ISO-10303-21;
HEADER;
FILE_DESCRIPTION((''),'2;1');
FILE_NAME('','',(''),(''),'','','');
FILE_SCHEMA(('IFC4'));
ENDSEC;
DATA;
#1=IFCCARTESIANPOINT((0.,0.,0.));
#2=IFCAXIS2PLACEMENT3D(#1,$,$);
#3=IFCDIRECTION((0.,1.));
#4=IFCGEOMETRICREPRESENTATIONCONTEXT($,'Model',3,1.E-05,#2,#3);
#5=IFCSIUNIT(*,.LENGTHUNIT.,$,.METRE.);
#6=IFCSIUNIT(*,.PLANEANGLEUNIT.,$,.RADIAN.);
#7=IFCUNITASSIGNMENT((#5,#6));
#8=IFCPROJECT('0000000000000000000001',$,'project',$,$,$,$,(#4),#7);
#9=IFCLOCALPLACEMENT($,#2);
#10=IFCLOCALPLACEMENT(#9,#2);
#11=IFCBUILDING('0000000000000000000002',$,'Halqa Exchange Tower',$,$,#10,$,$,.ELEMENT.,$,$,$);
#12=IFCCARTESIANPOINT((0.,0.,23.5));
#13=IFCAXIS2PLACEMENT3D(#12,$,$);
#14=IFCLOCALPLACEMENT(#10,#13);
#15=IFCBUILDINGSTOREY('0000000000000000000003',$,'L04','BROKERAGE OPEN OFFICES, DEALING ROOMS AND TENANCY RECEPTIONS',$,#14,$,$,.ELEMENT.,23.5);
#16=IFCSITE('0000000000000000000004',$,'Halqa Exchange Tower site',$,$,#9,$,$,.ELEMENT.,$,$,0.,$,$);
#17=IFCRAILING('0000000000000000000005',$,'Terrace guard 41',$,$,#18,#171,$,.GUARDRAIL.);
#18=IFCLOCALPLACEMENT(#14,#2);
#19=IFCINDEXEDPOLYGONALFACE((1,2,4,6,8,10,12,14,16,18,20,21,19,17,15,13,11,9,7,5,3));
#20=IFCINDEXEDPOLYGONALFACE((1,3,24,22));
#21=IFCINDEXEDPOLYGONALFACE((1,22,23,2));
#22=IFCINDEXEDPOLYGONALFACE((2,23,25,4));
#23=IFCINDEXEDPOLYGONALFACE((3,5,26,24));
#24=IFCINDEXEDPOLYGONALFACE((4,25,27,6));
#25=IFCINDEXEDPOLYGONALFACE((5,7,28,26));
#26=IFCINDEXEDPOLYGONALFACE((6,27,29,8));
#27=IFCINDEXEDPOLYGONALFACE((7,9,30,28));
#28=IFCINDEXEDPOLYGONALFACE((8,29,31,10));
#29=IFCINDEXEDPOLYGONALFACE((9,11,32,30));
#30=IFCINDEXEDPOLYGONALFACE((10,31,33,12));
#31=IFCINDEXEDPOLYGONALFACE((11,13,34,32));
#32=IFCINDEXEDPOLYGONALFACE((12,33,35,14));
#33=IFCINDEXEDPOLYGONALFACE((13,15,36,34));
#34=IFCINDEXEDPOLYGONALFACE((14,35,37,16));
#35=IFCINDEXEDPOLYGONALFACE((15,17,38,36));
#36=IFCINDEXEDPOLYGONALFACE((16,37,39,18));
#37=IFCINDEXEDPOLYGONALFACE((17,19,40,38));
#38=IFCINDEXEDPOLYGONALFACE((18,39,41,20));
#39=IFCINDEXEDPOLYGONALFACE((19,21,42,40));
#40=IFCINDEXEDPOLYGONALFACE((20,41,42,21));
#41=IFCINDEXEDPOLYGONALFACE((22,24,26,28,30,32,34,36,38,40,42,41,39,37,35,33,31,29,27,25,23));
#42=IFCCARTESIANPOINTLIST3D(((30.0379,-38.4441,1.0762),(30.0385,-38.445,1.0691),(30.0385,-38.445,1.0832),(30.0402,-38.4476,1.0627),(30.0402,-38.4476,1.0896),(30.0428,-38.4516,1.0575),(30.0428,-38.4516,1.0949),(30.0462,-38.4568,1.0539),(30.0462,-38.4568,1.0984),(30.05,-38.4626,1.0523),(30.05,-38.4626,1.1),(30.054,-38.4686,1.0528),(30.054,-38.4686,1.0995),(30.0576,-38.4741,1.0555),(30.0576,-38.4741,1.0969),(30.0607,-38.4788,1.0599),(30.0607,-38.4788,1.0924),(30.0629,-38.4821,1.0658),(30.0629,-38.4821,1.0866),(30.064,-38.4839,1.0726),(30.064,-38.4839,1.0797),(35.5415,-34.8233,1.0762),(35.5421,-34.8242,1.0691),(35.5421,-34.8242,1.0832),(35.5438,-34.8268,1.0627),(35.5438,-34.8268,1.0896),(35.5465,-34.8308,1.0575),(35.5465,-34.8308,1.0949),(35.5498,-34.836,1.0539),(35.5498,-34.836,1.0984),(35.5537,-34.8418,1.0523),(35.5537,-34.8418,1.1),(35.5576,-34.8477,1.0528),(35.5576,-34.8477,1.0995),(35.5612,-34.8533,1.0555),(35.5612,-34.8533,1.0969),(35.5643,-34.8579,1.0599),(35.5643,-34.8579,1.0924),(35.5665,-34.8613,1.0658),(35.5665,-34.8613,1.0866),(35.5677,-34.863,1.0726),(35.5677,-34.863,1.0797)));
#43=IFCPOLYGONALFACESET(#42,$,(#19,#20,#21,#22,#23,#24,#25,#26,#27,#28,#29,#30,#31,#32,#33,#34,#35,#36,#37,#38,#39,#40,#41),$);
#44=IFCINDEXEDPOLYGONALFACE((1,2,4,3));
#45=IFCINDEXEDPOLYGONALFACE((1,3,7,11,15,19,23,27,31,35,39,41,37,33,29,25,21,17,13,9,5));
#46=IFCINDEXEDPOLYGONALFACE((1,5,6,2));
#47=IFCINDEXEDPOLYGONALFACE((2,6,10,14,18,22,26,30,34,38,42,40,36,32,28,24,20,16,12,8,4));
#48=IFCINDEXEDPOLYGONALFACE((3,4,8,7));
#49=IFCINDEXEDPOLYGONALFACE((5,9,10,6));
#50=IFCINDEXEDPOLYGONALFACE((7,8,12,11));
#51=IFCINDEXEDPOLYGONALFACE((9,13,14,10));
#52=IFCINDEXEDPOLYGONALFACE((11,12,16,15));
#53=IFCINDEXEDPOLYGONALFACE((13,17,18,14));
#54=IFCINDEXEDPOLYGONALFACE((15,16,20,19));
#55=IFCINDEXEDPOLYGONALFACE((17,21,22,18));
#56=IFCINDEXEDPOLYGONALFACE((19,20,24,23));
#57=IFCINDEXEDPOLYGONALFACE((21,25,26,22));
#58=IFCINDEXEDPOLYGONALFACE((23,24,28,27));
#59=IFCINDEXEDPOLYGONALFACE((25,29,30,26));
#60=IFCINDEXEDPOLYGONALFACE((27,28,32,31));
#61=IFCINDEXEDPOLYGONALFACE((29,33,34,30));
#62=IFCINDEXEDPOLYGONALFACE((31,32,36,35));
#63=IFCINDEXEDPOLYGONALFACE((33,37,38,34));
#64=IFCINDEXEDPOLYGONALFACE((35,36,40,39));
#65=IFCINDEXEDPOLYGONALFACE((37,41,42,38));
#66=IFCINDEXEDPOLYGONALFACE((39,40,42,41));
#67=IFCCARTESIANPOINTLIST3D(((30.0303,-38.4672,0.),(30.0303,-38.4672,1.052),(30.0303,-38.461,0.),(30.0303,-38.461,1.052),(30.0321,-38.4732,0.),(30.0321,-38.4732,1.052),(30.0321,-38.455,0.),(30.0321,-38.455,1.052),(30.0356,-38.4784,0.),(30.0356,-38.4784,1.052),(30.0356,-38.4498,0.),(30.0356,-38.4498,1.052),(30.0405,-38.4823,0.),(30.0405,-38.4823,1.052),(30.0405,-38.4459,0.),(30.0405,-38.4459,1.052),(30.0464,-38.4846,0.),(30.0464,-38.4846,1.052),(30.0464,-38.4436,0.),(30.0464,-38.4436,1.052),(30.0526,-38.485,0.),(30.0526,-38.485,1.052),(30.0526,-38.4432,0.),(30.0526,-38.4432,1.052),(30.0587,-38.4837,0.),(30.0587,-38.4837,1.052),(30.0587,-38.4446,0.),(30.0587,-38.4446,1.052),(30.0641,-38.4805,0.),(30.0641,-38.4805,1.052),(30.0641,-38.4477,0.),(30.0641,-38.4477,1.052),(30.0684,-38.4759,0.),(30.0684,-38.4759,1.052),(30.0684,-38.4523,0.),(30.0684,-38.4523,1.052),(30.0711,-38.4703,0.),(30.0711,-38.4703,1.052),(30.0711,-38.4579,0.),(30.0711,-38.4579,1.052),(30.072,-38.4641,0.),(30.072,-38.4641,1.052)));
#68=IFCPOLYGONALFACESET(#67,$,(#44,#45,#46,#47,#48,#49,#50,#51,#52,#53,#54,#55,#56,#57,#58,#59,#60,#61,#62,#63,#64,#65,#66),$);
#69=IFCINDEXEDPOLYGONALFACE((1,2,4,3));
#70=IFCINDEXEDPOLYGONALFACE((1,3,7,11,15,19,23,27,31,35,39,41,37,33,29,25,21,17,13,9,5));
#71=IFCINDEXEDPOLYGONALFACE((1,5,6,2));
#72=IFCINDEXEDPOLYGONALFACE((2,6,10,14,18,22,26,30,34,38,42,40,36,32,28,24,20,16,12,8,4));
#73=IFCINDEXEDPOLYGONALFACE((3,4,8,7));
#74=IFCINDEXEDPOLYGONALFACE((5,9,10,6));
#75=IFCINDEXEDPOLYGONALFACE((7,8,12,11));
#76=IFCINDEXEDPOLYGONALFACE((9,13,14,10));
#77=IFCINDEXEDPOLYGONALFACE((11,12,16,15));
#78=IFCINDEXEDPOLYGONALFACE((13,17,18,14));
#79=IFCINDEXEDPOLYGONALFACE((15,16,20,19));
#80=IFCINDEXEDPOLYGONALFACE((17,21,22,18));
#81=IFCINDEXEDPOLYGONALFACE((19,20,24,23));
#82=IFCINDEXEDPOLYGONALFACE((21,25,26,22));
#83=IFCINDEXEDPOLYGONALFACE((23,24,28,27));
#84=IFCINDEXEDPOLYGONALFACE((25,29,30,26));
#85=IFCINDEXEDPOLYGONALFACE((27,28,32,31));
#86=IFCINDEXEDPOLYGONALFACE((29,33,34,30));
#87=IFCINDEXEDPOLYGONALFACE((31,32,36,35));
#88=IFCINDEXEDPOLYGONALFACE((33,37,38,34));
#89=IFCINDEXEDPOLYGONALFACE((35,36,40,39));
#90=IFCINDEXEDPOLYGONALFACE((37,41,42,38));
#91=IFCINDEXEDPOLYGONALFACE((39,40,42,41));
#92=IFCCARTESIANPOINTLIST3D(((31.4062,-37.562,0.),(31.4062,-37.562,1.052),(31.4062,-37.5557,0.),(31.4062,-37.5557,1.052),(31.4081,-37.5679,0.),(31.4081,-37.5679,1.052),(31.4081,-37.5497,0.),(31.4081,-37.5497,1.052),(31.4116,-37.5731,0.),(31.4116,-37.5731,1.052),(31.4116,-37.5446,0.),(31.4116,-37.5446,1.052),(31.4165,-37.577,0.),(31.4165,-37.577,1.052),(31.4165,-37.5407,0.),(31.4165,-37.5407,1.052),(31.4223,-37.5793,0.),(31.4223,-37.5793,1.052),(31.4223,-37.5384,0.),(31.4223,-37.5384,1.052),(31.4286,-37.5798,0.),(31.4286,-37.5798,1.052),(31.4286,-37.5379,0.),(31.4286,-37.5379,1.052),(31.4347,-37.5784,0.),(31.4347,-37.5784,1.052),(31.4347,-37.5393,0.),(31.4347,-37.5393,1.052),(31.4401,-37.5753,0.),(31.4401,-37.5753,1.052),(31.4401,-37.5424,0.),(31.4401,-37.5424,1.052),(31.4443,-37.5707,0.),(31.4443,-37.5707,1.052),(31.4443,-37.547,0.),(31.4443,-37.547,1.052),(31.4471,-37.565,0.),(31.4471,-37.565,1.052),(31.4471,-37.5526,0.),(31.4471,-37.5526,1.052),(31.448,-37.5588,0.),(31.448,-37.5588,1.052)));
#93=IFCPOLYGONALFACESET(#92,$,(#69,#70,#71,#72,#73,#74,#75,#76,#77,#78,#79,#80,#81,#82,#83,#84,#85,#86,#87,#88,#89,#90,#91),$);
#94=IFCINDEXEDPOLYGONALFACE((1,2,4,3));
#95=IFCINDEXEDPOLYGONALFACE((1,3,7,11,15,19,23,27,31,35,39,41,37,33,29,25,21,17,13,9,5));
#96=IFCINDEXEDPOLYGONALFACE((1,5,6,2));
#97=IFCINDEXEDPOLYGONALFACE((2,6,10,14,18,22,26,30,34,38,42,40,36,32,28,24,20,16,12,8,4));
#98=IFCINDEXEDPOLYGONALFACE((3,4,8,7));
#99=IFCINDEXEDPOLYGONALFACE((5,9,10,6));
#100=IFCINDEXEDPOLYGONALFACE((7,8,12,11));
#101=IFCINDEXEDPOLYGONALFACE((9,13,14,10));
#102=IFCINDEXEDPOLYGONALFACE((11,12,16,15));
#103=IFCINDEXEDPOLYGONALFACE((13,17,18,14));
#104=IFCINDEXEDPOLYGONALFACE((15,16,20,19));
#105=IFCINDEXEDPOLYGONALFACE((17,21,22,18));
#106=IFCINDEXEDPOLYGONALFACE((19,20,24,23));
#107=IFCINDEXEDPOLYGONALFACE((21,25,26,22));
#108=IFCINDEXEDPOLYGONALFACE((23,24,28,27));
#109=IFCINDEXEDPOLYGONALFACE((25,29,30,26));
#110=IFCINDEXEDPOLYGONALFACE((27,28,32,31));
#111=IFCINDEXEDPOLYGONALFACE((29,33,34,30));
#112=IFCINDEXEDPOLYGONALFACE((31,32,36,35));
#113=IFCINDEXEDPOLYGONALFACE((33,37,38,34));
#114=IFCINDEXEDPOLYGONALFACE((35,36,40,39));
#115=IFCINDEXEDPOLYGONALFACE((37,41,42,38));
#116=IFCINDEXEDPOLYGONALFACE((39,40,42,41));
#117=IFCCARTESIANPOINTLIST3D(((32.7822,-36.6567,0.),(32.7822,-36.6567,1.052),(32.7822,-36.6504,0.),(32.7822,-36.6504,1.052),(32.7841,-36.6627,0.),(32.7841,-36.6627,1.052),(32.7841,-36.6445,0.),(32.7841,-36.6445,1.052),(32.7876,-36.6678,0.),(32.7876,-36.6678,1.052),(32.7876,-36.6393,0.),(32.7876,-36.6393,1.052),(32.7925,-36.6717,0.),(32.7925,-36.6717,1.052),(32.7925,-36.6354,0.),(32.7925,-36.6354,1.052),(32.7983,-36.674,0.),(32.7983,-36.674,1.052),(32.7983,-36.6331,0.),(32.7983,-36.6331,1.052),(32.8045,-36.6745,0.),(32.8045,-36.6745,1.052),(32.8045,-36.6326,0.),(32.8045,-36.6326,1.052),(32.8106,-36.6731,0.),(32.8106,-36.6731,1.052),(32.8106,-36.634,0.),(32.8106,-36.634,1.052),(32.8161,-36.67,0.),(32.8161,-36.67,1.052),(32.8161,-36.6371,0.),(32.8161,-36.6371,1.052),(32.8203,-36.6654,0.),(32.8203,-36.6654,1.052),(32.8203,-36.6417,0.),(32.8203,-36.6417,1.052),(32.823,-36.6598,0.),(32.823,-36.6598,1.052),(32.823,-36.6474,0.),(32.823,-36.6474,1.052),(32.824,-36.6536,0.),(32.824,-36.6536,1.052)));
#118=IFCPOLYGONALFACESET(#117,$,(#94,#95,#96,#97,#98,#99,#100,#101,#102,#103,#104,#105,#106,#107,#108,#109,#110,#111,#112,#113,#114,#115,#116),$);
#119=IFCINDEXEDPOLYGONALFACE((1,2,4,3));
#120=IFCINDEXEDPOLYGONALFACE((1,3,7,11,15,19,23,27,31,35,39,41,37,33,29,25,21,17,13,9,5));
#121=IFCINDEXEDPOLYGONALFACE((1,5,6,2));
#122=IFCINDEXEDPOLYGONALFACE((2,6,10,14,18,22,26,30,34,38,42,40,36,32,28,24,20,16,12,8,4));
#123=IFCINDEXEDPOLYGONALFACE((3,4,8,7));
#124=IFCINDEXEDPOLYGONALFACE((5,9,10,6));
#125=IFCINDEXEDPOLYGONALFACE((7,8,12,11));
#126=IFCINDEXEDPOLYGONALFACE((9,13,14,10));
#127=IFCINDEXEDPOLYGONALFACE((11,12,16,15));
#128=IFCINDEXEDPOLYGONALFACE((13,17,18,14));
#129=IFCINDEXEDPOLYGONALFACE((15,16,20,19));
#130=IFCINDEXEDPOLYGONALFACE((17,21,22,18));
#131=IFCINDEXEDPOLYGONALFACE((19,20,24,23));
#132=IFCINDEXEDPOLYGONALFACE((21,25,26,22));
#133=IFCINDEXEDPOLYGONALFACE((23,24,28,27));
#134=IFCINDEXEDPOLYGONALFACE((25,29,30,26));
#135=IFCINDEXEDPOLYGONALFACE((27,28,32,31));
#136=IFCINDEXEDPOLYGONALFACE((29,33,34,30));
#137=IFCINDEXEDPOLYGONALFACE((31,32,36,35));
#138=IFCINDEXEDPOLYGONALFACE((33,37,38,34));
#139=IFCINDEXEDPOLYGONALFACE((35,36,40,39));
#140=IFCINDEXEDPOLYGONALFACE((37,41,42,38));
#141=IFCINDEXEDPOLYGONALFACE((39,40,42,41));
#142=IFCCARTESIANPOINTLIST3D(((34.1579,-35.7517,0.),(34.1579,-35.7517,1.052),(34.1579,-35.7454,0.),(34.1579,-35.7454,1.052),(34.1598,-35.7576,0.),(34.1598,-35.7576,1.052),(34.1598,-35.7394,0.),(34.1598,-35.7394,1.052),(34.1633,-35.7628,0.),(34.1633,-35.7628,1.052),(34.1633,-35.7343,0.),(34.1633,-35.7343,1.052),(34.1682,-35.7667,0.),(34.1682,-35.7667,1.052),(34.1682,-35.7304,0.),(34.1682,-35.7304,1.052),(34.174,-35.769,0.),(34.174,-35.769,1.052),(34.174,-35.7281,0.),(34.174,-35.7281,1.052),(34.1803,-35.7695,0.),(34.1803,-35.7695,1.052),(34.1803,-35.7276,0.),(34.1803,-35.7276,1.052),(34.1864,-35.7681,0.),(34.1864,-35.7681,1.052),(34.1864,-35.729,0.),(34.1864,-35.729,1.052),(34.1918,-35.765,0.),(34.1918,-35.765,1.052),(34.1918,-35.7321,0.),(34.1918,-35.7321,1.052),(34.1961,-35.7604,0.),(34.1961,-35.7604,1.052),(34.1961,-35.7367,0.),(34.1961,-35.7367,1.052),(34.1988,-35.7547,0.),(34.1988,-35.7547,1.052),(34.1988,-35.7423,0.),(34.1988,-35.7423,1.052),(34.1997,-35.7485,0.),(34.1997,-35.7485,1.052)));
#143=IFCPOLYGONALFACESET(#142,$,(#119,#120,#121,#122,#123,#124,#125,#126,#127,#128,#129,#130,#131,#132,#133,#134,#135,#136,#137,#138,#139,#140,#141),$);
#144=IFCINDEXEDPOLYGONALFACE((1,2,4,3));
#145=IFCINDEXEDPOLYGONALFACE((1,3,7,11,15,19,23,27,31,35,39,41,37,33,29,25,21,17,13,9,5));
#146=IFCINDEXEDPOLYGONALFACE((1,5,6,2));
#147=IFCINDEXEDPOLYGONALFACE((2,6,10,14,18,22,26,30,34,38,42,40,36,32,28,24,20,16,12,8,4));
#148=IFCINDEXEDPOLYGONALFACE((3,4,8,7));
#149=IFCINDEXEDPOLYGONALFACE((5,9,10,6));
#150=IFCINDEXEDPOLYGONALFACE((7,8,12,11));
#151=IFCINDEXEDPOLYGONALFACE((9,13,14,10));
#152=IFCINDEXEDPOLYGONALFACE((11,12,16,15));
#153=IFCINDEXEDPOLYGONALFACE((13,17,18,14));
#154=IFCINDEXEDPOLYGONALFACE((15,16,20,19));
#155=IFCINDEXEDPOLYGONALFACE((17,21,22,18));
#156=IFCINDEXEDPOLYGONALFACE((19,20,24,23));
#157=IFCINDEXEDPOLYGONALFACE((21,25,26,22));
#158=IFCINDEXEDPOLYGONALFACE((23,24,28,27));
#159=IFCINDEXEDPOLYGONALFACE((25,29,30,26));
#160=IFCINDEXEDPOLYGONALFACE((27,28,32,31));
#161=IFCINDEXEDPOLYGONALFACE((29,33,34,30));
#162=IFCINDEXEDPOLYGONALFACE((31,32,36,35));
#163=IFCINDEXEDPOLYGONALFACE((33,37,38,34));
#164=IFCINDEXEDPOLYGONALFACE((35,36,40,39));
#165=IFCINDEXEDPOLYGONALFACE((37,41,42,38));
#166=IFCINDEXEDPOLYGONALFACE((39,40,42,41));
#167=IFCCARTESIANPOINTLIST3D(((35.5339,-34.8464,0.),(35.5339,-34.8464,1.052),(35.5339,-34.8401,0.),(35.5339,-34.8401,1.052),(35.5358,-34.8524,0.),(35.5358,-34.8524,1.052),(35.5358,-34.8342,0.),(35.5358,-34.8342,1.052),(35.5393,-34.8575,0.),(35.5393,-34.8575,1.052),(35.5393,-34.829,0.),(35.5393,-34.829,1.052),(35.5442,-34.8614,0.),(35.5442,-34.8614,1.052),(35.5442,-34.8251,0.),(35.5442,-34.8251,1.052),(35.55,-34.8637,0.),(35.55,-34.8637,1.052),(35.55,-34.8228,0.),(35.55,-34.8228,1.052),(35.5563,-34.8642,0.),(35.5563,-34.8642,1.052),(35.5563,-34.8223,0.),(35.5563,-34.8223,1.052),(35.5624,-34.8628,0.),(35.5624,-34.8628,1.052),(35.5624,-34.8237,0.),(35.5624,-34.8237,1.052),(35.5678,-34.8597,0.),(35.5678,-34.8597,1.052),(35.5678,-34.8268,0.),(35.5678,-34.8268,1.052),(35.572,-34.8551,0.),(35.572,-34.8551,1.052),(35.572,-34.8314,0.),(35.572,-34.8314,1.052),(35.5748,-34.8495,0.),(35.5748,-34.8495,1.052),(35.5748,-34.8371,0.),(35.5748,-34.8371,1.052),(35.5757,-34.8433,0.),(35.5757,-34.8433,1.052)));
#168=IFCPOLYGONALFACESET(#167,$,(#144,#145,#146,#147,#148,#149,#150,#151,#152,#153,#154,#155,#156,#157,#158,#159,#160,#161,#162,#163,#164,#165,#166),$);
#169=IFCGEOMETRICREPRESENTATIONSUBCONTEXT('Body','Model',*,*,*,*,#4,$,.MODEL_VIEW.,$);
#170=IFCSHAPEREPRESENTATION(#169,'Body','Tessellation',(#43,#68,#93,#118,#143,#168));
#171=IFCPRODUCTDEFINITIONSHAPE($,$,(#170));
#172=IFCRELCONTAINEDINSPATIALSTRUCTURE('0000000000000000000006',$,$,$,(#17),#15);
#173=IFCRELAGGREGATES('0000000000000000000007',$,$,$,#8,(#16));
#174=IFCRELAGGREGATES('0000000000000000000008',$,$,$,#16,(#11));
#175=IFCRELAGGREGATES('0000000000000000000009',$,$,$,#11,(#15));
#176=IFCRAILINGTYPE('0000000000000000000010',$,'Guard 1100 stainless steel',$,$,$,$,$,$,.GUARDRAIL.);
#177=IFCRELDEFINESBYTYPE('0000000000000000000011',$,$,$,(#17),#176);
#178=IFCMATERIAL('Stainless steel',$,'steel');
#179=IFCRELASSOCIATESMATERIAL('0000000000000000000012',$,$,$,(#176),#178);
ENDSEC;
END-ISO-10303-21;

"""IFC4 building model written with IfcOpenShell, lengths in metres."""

from ifc_helpers import new_model, si_unit, direction, frame, origin, origin_2d, place, context, subcontext, project, spatial, circle, extrude, material, type_object, element, save


model = new_model("IFC4")

# Units and contexts
model_context = context("Model", 3, precision=1e-05, world=origin(), true_north=direction((0.0, 1.0)))
body_context = subcontext(model_context, "Body", "Model", "MODEL_VIEW")
ifc_project = project(units=[si_unit("LENGTHUNIT", "METRE"), si_unit("PLANEANGLEUNIT", "RADIAN")], contexts=[model_context])

# Site, building, storey
site_placement = place(None, origin())
site = spatial("IfcSite", under=ifc_project, at=site_placement, Name="Halqa Exchange Tower site", CompositionType="ELEMENT", RefElevation=0.0)
building_placement = place(site_placement, origin())
building = spatial("IfcBuilding", under=site, at=building_placement, Name="Halqa Exchange Tower", CompositionType="ELEMENT")
storey_placement = place(building_placement, frame((0.0, 0.0, 23.5)))
storey = spatial("IfcBuildingStorey", under=building, at=storey_placement, Name="L04", Description="BROKERAGE OPEN OFFICES, DEALING ROOMS AND TENANCY RECEPTIONS", CompositionType="ELEMENT", Elevation=23.5)

# Railing
ifc_material_1 = material(Name="Stainless steel", Category="steel")
railing_type = type_object("IfcRailingType", Name="Guard 1100 stainless steel", PredefinedType="GUARDRAIL", material=ifc_material_1)
railing_1_placement = place(storey_placement, frame((30.051, -38.4641, 0.0)))
element("IfcRailing", 1, at=railing_1_placement, inside=storey, type_object=railing_type, Name="Terrace guard 41", PredefinedType="GUARDRAIL", context=body_context, shape_type="SweptSolid", body=[
    extrude(circle(Radius=0.0239, at=origin_2d()), frame((0.0, 0.0, 1.0762), z_axis=(0.835416, 0.549619, 0.0), x_axis=(-0.549619, 0.835416, 0.0)), (0.0, 0.0, 1.0), 6.5879),
    extrude(circle(Radius=0.021, at=origin_2d()), origin(), (0.0, 0.0, 1.0), 1.052),
    extrude(circle(Radius=0.021, at=origin_2d()), frame((1.376, 0.9053, 0.0)), (0.0, 0.0, 1.0), 1.052),
    extrude(circle(Radius=0.021, at=origin_2d()), frame((2.752, 1.8105, 0.0)), (0.0, 0.0, 1.0), 1.052),
    extrude(circle(Radius=0.021, at=origin_2d()), frame((4.1277, 2.7156, 0.0)), (0.0, 0.0, 1.0), 1.052),
    extrude(circle(Radius=0.021, at=origin_2d()), frame((5.5037, 3.6208, 0.0)), (0.0, 0.0, 1.0), 1.052),
])

save(model, "model.ifc")
